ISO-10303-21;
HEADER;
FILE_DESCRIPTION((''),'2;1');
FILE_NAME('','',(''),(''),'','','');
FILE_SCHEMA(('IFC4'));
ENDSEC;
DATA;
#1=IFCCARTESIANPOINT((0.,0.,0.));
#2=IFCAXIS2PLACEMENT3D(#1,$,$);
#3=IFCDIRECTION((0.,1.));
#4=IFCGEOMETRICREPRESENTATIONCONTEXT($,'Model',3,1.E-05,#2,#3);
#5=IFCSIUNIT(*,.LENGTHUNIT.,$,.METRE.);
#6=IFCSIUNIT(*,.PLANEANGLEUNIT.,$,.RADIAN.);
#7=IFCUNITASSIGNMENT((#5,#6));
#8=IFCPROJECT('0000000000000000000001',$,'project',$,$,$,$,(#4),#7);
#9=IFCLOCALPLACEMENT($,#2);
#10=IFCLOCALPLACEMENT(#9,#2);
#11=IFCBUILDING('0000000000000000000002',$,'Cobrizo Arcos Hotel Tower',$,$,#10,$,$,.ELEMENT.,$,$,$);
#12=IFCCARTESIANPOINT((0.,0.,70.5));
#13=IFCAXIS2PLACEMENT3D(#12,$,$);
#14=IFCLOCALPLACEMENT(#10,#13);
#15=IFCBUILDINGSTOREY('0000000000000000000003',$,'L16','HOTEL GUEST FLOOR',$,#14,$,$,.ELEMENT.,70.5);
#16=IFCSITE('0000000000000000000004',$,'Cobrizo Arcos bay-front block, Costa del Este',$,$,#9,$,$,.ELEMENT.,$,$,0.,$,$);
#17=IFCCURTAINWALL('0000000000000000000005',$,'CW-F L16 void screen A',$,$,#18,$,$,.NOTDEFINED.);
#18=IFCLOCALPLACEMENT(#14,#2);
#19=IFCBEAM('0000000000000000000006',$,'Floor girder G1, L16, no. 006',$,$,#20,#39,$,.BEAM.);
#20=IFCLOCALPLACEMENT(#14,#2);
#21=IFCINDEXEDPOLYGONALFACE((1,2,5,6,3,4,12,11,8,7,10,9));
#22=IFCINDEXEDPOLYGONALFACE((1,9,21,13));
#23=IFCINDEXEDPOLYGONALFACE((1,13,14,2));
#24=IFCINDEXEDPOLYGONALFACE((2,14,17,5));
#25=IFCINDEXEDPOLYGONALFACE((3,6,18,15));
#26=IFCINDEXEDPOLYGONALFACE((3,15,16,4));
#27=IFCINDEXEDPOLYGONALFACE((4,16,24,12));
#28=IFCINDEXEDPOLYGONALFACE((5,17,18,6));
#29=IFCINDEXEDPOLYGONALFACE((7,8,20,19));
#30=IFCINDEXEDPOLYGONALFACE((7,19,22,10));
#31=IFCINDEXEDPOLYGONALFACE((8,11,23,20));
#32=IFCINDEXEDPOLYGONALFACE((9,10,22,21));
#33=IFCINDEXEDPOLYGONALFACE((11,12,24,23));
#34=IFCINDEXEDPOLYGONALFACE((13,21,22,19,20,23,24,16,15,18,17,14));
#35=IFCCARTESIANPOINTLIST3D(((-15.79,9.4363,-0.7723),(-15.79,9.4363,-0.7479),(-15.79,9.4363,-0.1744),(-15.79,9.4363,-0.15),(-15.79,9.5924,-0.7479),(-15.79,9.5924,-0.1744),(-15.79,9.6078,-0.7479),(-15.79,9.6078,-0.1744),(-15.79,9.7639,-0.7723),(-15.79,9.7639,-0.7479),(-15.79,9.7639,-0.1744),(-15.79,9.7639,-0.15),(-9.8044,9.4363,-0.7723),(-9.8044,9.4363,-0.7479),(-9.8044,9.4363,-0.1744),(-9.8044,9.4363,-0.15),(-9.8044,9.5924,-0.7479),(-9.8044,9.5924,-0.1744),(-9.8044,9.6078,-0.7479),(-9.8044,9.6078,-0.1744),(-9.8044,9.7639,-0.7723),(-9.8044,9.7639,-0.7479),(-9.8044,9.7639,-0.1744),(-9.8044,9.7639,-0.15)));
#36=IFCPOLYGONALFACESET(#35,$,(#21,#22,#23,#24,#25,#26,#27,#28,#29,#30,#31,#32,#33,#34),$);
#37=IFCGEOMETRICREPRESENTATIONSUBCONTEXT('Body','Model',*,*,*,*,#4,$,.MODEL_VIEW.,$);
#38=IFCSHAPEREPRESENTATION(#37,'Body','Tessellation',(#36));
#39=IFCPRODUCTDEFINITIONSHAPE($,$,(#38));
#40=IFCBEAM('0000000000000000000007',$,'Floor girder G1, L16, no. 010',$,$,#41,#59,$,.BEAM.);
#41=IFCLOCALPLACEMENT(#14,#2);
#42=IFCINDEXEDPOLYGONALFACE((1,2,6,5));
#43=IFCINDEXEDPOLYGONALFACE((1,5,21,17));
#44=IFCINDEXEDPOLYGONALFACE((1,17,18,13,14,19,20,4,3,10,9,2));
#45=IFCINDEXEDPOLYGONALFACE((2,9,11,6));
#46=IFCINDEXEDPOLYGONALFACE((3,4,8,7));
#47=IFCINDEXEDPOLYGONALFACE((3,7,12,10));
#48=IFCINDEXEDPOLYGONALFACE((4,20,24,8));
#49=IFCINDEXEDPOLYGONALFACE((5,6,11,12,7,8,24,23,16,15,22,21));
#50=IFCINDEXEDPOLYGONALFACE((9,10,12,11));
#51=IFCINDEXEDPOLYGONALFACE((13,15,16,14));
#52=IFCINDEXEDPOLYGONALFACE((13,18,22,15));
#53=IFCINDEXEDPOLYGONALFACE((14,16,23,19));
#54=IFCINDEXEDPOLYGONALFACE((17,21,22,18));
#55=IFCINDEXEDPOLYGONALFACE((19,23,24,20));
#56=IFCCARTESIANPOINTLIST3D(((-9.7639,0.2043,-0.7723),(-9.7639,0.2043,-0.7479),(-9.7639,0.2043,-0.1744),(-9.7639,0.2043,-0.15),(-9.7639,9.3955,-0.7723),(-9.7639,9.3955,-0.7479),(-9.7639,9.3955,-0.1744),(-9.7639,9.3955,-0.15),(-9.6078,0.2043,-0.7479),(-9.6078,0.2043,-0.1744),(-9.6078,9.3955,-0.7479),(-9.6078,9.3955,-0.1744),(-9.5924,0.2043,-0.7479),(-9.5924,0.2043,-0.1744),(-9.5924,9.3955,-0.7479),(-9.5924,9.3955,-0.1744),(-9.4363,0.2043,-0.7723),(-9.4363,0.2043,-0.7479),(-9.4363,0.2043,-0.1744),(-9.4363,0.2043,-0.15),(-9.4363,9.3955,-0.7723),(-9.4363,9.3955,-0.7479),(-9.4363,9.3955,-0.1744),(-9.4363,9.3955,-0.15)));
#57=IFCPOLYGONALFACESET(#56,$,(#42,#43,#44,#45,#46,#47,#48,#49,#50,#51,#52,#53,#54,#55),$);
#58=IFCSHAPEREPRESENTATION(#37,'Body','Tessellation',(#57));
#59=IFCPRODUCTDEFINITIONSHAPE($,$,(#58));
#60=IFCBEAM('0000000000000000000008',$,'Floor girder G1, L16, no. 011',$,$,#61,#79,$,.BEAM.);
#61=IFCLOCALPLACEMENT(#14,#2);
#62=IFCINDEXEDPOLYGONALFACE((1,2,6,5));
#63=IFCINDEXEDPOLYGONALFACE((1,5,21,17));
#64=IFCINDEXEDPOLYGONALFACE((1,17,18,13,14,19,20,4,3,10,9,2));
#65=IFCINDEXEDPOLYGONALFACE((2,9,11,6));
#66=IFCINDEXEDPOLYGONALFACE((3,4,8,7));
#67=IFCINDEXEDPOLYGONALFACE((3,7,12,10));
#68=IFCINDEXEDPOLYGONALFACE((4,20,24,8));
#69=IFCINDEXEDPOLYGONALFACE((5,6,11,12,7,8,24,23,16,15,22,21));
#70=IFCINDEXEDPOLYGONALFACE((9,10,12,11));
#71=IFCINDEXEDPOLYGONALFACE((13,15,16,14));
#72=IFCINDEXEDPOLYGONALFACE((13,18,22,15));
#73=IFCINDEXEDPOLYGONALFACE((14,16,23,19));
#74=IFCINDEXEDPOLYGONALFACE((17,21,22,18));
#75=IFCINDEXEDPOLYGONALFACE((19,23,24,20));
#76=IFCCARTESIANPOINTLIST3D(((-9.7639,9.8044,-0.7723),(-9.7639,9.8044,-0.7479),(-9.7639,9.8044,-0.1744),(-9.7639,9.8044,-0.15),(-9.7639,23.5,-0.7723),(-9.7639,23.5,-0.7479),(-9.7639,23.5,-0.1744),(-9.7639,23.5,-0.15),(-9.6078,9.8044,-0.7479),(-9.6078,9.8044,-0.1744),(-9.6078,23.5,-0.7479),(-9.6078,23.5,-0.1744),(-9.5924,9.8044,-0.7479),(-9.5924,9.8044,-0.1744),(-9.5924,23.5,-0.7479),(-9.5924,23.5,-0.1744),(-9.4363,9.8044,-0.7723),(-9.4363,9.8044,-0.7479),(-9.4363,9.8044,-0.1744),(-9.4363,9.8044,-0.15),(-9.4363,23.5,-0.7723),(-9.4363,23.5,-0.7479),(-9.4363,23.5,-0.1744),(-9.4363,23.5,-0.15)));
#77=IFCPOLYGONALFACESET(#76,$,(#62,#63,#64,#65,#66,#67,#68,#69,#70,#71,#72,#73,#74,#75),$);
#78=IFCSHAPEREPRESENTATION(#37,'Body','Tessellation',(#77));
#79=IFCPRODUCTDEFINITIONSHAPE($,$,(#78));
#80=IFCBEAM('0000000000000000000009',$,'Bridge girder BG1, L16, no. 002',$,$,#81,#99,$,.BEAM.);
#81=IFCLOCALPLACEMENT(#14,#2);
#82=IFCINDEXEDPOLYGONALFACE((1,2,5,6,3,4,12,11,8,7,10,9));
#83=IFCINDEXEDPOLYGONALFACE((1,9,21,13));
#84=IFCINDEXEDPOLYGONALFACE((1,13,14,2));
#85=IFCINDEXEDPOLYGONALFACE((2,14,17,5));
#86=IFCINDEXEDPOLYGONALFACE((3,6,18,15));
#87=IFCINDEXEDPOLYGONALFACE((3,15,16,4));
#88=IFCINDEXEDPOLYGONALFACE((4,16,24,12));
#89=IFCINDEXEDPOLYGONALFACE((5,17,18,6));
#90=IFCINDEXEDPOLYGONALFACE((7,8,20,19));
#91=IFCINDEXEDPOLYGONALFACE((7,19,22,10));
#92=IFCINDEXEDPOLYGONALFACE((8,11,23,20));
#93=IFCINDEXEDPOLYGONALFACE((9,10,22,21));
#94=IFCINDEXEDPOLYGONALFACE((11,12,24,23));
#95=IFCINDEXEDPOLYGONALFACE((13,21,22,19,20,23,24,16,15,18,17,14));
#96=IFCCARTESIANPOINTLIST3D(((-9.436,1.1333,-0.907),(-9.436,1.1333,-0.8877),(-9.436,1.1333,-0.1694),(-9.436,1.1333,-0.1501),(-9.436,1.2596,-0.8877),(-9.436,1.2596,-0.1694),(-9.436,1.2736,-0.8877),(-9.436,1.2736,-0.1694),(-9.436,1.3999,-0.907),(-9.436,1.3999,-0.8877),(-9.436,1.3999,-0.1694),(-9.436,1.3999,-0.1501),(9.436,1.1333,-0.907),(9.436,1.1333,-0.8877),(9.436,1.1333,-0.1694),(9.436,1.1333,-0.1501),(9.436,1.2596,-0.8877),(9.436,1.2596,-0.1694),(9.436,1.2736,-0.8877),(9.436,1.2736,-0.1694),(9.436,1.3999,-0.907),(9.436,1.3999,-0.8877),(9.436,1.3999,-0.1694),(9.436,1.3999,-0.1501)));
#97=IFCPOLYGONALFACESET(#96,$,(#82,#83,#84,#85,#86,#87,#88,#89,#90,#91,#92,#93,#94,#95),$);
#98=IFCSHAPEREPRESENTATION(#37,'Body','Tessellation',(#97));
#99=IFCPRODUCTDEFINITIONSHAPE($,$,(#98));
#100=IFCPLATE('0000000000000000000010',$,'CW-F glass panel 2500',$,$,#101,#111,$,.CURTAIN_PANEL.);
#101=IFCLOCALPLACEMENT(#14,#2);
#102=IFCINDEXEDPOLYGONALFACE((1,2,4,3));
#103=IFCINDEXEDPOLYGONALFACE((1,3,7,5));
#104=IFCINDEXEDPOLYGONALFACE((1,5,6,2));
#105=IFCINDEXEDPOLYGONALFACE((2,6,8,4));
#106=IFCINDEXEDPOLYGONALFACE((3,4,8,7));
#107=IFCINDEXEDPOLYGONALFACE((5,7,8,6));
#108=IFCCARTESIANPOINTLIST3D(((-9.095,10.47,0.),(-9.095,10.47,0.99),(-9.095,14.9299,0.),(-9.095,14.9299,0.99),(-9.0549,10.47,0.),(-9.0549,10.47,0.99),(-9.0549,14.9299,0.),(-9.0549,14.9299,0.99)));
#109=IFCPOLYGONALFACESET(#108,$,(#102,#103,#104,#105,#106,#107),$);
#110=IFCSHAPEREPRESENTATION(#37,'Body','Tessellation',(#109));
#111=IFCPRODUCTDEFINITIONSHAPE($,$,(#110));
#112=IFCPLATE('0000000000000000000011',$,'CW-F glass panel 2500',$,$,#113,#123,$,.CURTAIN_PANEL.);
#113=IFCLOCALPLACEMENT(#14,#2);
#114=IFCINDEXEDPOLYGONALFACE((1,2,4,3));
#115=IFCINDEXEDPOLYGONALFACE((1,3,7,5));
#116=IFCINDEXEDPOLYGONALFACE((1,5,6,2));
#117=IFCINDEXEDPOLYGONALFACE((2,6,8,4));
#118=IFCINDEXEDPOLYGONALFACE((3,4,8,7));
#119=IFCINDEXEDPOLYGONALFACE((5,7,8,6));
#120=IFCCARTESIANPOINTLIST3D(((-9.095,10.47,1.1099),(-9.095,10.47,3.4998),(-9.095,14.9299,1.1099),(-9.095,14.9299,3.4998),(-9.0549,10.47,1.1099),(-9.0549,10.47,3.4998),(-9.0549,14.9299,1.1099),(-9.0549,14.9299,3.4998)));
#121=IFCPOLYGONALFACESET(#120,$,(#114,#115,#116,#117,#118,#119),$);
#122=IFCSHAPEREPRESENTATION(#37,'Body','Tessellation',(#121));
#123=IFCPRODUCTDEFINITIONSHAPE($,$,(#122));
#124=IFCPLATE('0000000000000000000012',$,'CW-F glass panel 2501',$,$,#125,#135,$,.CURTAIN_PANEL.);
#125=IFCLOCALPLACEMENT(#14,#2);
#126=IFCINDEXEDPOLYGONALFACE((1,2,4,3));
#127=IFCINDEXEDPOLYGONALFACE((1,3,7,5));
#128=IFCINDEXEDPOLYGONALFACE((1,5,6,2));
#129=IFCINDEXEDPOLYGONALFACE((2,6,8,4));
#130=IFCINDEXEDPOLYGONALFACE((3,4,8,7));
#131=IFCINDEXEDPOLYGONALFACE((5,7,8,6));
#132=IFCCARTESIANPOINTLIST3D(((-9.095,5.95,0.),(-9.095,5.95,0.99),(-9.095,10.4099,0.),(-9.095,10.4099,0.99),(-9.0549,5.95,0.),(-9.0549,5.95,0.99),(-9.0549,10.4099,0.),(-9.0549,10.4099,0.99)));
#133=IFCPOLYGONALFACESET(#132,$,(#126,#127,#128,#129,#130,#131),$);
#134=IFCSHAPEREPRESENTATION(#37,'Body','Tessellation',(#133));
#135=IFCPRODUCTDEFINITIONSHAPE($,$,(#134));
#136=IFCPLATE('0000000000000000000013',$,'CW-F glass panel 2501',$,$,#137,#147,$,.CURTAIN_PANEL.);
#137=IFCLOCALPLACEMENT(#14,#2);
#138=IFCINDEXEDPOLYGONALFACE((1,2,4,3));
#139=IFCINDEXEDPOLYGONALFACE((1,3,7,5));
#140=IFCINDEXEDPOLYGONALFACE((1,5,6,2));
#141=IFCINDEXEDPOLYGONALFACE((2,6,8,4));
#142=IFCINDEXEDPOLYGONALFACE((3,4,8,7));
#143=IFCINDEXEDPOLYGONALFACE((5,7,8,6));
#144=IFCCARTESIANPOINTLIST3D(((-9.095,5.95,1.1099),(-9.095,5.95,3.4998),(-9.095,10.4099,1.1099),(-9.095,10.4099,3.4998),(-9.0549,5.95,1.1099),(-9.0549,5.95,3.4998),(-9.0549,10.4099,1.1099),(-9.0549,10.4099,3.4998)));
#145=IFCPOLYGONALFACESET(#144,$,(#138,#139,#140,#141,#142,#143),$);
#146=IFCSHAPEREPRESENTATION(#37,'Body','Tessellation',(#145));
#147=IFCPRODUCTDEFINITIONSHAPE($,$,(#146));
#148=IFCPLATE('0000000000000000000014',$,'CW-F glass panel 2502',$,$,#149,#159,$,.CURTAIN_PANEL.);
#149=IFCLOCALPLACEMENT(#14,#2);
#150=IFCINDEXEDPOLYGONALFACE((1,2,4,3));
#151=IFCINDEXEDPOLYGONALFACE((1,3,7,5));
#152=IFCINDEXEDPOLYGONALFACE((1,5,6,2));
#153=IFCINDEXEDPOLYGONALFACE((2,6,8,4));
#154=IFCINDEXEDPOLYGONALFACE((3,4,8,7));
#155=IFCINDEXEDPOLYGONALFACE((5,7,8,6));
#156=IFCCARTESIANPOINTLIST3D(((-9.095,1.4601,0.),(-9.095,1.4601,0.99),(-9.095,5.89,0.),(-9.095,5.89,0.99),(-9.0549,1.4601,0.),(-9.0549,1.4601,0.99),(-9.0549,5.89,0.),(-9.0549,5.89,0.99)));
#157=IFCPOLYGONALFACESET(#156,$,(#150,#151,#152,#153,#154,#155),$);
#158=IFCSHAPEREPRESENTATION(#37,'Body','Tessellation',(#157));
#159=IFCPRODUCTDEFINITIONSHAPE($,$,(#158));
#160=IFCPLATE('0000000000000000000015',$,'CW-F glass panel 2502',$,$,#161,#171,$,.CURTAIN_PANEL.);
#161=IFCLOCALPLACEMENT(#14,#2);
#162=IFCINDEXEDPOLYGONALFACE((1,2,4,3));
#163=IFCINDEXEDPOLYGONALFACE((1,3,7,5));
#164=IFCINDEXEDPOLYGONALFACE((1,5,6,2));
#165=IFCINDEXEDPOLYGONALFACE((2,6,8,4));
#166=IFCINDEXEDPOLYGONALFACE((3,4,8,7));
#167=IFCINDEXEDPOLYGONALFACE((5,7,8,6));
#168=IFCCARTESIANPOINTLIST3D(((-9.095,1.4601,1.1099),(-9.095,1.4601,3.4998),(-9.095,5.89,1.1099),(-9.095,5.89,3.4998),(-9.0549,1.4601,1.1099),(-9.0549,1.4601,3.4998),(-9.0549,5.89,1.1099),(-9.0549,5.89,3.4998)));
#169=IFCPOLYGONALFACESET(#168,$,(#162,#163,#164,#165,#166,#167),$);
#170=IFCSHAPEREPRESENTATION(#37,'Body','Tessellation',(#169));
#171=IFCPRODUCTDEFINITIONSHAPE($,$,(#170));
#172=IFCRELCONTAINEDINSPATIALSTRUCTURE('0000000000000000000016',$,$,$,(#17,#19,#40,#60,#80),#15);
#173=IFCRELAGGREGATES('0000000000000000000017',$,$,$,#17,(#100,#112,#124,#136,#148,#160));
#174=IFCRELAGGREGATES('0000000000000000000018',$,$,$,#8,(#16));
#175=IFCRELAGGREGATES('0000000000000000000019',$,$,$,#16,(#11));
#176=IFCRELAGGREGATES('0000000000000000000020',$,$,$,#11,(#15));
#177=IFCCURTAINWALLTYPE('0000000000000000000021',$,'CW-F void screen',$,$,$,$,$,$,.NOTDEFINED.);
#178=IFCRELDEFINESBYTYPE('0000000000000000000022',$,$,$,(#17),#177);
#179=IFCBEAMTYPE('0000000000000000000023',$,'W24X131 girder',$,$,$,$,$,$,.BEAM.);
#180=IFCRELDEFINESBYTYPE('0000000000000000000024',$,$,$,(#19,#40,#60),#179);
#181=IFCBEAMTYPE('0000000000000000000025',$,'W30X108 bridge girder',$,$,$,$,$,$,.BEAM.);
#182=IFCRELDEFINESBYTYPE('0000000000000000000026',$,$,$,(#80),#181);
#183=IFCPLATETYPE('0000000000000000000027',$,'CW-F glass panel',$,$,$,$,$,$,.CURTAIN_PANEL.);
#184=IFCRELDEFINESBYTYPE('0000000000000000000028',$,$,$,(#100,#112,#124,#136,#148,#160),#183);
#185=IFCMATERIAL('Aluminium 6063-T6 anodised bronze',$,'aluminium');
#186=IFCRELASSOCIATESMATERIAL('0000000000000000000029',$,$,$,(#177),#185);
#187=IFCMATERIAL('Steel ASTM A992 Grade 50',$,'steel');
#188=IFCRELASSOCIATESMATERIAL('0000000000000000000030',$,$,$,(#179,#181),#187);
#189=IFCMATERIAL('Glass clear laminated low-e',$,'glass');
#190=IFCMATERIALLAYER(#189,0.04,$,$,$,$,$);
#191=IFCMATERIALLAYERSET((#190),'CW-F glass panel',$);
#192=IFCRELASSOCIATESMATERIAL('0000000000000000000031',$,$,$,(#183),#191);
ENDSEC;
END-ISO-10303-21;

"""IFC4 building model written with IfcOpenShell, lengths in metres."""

from ifc_helpers import new_model, si_unit, direction, frame, origin, origin_2d, place, context, subcontext, project, spatial, rectangle, i_section, extrude, material, layer, layer_set, material_profile, profile_set, type_object, element, aggregate, save


model = new_model("IFC4")

# Units and contexts
model_context = context("Model", 3, precision=1e-05, world=origin(), true_north=direction((0.0, 1.0)))
body_context = subcontext(model_context, "Body", "Model", "MODEL_VIEW")
ifc_project = project(units=[si_unit("LENGTHUNIT", "METRE"), si_unit("PLANEANGLEUNIT", "RADIAN")], contexts=[model_context])

# Site, building, storey
site_placement = place(None, origin())
site = spatial("IfcSite", under=ifc_project, at=site_placement, Name="Cobrizo Arcos bay-front block, Costa del Este", CompositionType="ELEMENT", RefElevation=0.0)
building_placement = place(site_placement, origin())
building = spatial("IfcBuilding", under=site, at=building_placement, Name="Cobrizo Arcos Hotel Tower", CompositionType="ELEMENT")
storey_placement = place(building_placement, frame((0.0, 0.0, 70.5)))
storey = spatial("IfcBuildingStorey", under=building, at=storey_placement, Name="L16", Description="HOTEL GUEST FLOOR", CompositionType="ELEMENT", Elevation=70.5)

# Shared definitions
ifc_material_1 = material(Name="Steel ASTM A992 Grade 50", Category="steel")

# Curtain wall
ifc_material_2 = material(Name="Aluminium 6063-T6 anodised bronze", Category="aluminium")
curtain_wall_type = type_object("IfcCurtainWallType", Name="CW-F void screen", PredefinedType="NOTDEFINED", material=ifc_material_2)
curtain_wall_placement = place(storey_placement, origin())
curtain_wall = element("IfcCurtainWall", 1, at=curtain_wall_placement, inside=storey, type_object=curtain_wall_type, Name="CW-F L16 void screen A", PredefinedType="NOTDEFINED")

# Beams
ifc_material_profile_1 = material_profile(ifc_material_1, i_section(OverallWidth=0.3276, OverallDepth=0.6223, WebThickness=0.0154, FlangeThickness=0.0244, at=origin_2d()), Name="W24X131")
ifc_profile_set_1 = profile_set([ifc_material_profile_1], Name="Steel ASTM A992 Grade 50")
beam_type_1 = type_object("IfcBeamType", Name="W24X131 girder", PredefinedType="BEAM", material=ifc_profile_set_1)
beam_1_placement = place(storey_placement, frame((-15.79, 9.6001, -0.4612), z_axis=(1.0, 0.0, 0.0), x_axis=(0.0, 1.0, 0.0)))
element("IfcBeam", 2, at=beam_1_placement, inside=storey, type_object=beam_type_1, Name="Floor girder G1, L16, no. 006", PredefinedType="BEAM", context=body_context, shape_type="SweptSolid", body=[
    extrude(i_section(OverallWidth=0.3276, OverallDepth=0.6223, WebThickness=0.0154, FlangeThickness=0.0244, at=origin_2d()), origin(), (0.0, 0.0, 1.0), 5.9856),
])
beam_2_placement = place(storey_placement, frame((-9.6001, 0.2043, -0.4612), z_axis=(0.0, 1.0, 0.0), x_axis=(-1.0, 0.0, 0.0)))
element("IfcBeam", 3, at=beam_2_placement, inside=storey, type_object=beam_type_1, Name="Floor girder G1, L16, no. 010", PredefinedType="BEAM", context=body_context, shape_type="SweptSolid", body=[
    extrude(i_section(OverallWidth=0.3276, OverallDepth=0.6223, WebThickness=0.0154, FlangeThickness=0.0244, at=origin_2d()), origin(), (0.0, 0.0, 1.0), 9.1912),
])
beam_3_placement = place(storey_placement, frame((-9.6001, 9.8044, -0.4612), z_axis=(0.0, 1.0, 0.0), x_axis=(-1.0, 0.0, 0.0)))
element("IfcBeam", 4, at=beam_3_placement, inside=storey, type_object=beam_type_1, Name="Floor girder G1, L16, no. 011", PredefinedType="BEAM", context=body_context, shape_type="SweptSolid", body=[
    extrude(i_section(OverallWidth=0.3276, OverallDepth=0.6223, WebThickness=0.0154, FlangeThickness=0.0244, at=origin_2d()), origin(), (0.0, 0.0, 1.0), 13.6956),
])
ifc_material_profile_2 = material_profile(ifc_material_1, i_section(OverallWidth=0.2666, OverallDepth=0.7568, WebThickness=0.0139, FlangeThickness=0.0193, at=origin_2d()), Name="W30X108")
ifc_profile_set_2 = profile_set([ifc_material_profile_2], Name="Steel ASTM A992 Grade 50")
beam_type_2 = type_object("IfcBeamType", Name="W30X108 bridge girder", PredefinedType="BEAM", material=ifc_profile_set_2)
beam_4_placement = place(storey_placement, frame((-9.436, 1.2666, -0.5286), z_axis=(1.0, 0.0, 0.0), x_axis=(0.0, 1.0, 0.0)))
element("IfcBeam", 5, at=beam_4_placement, inside=storey, type_object=beam_type_2, Name="Bridge girder BG1, L16, no. 002", PredefinedType="BEAM", context=body_context, shape_type="SweptSolid", body=[
    extrude(i_section(OverallWidth=0.2666, OverallDepth=0.7568, WebThickness=0.0139, FlangeThickness=0.0193, at=origin_2d()), origin(), (0.0, 0.0, 1.0), 18.8721),
])

# Plates
ifc_material_3 = material(Name="Glass clear laminated low-e", Category="glass")
ifc_layer_1 = layer(ifc_material_3, 0.04)
ifc_layer_set_1 = layer_set([ifc_layer_1], Name="CW-F glass panel")
plate_type = type_object("IfcPlateType", Name="CW-F glass panel", PredefinedType="CURTAIN_PANEL", material=ifc_layer_set_1)
plate_1_placement = place(storey_placement, frame((-9.075, 12.7, 0.0), z_axis=(0.0, 0.0, 1.0), x_axis=(0.0, -1.0, 0.0)))
plate_1 = element("IfcPlate", 6, at=plate_1_placement, type_object=plate_type, Name="CW-F glass panel 2500", PredefinedType="CURTAIN_PANEL", context=body_context, shape_type="SweptSolid", body=[
    extrude(rectangle(XDim=4.46, YDim=0.04, at=origin_2d()), origin(), (0.0, 0.0, 1.0), 0.99),
])
plate_2_placement = place(storey_placement, frame((-9.075, 12.7, 1.1099), z_axis=(0.0, 0.0, 1.0), x_axis=(0.0, -1.0, 0.0)))
plate_2 = element("IfcPlate", 7, at=plate_2_placement, type_object=plate_type, Name="CW-F glass panel 2500", PredefinedType="CURTAIN_PANEL", context=body_context, shape_type="SweptSolid", body=[
    extrude(rectangle(XDim=4.46, YDim=0.04, at=origin_2d()), origin(), (0.0, 0.0, 1.0), 2.3899),
])
plate_3_placement = place(storey_placement, frame((-9.075, 8.1799, 0.0), z_axis=(0.0, 0.0, 1.0), x_axis=(0.0, -1.0, 0.0)))
plate_3 = element("IfcPlate", 8, at=plate_3_placement, type_object=plate_type, Name="CW-F glass panel 2501", PredefinedType="CURTAIN_PANEL", context=body_context, shape_type="SweptSolid", body=[
    extrude(rectangle(XDim=4.46, YDim=0.04, at=origin_2d()), origin(), (0.0, 0.0, 1.0), 0.99),
])
plate_4_placement = place(storey_placement, frame((-9.075, 8.1799, 1.1099), z_axis=(0.0, 0.0, 1.0), x_axis=(0.0, -1.0, 0.0)))
plate_4 = element("IfcPlate", 9, at=plate_4_placement, type_object=plate_type, Name="CW-F glass panel 2501", PredefinedType="CURTAIN_PANEL", context=body_context, shape_type="SweptSolid", body=[
    extrude(rectangle(XDim=4.46, YDim=0.04, at=origin_2d()), origin(), (0.0, 0.0, 1.0), 2.3899),
])
plate_5_placement = place(storey_placement, frame((-9.075, 3.675, 0.0), z_axis=(0.0, 0.0, 1.0), x_axis=(0.0, -1.0, 0.0)))
plate_5 = element("IfcPlate", 10, at=plate_5_placement, type_object=plate_type, Name="CW-F glass panel 2502", PredefinedType="CURTAIN_PANEL", context=body_context, shape_type="SweptSolid", body=[
    extrude(rectangle(XDim=4.4299, YDim=0.04, at=origin_2d()), origin(), (0.0, 0.0, 1.0), 0.99),
])
plate_6_placement = place(storey_placement, frame((-9.075, 3.675, 1.1099), z_axis=(0.0, 0.0, 1.0), x_axis=(0.0, -1.0, 0.0)))
plate_6 = element("IfcPlate", 11, at=plate_6_placement, type_object=plate_type, Name="CW-F glass panel 2502", PredefinedType="CURTAIN_PANEL", context=body_context, shape_type="SweptSolid", body=[
    extrude(rectangle(XDim=4.4299, YDim=0.04, at=origin_2d()), origin(), (0.0, 0.0, 1.0), 2.3899),
])
aggregate(curtain_wall, [plate_1, plate_2, plate_3, plate_4, plate_5, plate_6])

save(model, "model.ifc")
